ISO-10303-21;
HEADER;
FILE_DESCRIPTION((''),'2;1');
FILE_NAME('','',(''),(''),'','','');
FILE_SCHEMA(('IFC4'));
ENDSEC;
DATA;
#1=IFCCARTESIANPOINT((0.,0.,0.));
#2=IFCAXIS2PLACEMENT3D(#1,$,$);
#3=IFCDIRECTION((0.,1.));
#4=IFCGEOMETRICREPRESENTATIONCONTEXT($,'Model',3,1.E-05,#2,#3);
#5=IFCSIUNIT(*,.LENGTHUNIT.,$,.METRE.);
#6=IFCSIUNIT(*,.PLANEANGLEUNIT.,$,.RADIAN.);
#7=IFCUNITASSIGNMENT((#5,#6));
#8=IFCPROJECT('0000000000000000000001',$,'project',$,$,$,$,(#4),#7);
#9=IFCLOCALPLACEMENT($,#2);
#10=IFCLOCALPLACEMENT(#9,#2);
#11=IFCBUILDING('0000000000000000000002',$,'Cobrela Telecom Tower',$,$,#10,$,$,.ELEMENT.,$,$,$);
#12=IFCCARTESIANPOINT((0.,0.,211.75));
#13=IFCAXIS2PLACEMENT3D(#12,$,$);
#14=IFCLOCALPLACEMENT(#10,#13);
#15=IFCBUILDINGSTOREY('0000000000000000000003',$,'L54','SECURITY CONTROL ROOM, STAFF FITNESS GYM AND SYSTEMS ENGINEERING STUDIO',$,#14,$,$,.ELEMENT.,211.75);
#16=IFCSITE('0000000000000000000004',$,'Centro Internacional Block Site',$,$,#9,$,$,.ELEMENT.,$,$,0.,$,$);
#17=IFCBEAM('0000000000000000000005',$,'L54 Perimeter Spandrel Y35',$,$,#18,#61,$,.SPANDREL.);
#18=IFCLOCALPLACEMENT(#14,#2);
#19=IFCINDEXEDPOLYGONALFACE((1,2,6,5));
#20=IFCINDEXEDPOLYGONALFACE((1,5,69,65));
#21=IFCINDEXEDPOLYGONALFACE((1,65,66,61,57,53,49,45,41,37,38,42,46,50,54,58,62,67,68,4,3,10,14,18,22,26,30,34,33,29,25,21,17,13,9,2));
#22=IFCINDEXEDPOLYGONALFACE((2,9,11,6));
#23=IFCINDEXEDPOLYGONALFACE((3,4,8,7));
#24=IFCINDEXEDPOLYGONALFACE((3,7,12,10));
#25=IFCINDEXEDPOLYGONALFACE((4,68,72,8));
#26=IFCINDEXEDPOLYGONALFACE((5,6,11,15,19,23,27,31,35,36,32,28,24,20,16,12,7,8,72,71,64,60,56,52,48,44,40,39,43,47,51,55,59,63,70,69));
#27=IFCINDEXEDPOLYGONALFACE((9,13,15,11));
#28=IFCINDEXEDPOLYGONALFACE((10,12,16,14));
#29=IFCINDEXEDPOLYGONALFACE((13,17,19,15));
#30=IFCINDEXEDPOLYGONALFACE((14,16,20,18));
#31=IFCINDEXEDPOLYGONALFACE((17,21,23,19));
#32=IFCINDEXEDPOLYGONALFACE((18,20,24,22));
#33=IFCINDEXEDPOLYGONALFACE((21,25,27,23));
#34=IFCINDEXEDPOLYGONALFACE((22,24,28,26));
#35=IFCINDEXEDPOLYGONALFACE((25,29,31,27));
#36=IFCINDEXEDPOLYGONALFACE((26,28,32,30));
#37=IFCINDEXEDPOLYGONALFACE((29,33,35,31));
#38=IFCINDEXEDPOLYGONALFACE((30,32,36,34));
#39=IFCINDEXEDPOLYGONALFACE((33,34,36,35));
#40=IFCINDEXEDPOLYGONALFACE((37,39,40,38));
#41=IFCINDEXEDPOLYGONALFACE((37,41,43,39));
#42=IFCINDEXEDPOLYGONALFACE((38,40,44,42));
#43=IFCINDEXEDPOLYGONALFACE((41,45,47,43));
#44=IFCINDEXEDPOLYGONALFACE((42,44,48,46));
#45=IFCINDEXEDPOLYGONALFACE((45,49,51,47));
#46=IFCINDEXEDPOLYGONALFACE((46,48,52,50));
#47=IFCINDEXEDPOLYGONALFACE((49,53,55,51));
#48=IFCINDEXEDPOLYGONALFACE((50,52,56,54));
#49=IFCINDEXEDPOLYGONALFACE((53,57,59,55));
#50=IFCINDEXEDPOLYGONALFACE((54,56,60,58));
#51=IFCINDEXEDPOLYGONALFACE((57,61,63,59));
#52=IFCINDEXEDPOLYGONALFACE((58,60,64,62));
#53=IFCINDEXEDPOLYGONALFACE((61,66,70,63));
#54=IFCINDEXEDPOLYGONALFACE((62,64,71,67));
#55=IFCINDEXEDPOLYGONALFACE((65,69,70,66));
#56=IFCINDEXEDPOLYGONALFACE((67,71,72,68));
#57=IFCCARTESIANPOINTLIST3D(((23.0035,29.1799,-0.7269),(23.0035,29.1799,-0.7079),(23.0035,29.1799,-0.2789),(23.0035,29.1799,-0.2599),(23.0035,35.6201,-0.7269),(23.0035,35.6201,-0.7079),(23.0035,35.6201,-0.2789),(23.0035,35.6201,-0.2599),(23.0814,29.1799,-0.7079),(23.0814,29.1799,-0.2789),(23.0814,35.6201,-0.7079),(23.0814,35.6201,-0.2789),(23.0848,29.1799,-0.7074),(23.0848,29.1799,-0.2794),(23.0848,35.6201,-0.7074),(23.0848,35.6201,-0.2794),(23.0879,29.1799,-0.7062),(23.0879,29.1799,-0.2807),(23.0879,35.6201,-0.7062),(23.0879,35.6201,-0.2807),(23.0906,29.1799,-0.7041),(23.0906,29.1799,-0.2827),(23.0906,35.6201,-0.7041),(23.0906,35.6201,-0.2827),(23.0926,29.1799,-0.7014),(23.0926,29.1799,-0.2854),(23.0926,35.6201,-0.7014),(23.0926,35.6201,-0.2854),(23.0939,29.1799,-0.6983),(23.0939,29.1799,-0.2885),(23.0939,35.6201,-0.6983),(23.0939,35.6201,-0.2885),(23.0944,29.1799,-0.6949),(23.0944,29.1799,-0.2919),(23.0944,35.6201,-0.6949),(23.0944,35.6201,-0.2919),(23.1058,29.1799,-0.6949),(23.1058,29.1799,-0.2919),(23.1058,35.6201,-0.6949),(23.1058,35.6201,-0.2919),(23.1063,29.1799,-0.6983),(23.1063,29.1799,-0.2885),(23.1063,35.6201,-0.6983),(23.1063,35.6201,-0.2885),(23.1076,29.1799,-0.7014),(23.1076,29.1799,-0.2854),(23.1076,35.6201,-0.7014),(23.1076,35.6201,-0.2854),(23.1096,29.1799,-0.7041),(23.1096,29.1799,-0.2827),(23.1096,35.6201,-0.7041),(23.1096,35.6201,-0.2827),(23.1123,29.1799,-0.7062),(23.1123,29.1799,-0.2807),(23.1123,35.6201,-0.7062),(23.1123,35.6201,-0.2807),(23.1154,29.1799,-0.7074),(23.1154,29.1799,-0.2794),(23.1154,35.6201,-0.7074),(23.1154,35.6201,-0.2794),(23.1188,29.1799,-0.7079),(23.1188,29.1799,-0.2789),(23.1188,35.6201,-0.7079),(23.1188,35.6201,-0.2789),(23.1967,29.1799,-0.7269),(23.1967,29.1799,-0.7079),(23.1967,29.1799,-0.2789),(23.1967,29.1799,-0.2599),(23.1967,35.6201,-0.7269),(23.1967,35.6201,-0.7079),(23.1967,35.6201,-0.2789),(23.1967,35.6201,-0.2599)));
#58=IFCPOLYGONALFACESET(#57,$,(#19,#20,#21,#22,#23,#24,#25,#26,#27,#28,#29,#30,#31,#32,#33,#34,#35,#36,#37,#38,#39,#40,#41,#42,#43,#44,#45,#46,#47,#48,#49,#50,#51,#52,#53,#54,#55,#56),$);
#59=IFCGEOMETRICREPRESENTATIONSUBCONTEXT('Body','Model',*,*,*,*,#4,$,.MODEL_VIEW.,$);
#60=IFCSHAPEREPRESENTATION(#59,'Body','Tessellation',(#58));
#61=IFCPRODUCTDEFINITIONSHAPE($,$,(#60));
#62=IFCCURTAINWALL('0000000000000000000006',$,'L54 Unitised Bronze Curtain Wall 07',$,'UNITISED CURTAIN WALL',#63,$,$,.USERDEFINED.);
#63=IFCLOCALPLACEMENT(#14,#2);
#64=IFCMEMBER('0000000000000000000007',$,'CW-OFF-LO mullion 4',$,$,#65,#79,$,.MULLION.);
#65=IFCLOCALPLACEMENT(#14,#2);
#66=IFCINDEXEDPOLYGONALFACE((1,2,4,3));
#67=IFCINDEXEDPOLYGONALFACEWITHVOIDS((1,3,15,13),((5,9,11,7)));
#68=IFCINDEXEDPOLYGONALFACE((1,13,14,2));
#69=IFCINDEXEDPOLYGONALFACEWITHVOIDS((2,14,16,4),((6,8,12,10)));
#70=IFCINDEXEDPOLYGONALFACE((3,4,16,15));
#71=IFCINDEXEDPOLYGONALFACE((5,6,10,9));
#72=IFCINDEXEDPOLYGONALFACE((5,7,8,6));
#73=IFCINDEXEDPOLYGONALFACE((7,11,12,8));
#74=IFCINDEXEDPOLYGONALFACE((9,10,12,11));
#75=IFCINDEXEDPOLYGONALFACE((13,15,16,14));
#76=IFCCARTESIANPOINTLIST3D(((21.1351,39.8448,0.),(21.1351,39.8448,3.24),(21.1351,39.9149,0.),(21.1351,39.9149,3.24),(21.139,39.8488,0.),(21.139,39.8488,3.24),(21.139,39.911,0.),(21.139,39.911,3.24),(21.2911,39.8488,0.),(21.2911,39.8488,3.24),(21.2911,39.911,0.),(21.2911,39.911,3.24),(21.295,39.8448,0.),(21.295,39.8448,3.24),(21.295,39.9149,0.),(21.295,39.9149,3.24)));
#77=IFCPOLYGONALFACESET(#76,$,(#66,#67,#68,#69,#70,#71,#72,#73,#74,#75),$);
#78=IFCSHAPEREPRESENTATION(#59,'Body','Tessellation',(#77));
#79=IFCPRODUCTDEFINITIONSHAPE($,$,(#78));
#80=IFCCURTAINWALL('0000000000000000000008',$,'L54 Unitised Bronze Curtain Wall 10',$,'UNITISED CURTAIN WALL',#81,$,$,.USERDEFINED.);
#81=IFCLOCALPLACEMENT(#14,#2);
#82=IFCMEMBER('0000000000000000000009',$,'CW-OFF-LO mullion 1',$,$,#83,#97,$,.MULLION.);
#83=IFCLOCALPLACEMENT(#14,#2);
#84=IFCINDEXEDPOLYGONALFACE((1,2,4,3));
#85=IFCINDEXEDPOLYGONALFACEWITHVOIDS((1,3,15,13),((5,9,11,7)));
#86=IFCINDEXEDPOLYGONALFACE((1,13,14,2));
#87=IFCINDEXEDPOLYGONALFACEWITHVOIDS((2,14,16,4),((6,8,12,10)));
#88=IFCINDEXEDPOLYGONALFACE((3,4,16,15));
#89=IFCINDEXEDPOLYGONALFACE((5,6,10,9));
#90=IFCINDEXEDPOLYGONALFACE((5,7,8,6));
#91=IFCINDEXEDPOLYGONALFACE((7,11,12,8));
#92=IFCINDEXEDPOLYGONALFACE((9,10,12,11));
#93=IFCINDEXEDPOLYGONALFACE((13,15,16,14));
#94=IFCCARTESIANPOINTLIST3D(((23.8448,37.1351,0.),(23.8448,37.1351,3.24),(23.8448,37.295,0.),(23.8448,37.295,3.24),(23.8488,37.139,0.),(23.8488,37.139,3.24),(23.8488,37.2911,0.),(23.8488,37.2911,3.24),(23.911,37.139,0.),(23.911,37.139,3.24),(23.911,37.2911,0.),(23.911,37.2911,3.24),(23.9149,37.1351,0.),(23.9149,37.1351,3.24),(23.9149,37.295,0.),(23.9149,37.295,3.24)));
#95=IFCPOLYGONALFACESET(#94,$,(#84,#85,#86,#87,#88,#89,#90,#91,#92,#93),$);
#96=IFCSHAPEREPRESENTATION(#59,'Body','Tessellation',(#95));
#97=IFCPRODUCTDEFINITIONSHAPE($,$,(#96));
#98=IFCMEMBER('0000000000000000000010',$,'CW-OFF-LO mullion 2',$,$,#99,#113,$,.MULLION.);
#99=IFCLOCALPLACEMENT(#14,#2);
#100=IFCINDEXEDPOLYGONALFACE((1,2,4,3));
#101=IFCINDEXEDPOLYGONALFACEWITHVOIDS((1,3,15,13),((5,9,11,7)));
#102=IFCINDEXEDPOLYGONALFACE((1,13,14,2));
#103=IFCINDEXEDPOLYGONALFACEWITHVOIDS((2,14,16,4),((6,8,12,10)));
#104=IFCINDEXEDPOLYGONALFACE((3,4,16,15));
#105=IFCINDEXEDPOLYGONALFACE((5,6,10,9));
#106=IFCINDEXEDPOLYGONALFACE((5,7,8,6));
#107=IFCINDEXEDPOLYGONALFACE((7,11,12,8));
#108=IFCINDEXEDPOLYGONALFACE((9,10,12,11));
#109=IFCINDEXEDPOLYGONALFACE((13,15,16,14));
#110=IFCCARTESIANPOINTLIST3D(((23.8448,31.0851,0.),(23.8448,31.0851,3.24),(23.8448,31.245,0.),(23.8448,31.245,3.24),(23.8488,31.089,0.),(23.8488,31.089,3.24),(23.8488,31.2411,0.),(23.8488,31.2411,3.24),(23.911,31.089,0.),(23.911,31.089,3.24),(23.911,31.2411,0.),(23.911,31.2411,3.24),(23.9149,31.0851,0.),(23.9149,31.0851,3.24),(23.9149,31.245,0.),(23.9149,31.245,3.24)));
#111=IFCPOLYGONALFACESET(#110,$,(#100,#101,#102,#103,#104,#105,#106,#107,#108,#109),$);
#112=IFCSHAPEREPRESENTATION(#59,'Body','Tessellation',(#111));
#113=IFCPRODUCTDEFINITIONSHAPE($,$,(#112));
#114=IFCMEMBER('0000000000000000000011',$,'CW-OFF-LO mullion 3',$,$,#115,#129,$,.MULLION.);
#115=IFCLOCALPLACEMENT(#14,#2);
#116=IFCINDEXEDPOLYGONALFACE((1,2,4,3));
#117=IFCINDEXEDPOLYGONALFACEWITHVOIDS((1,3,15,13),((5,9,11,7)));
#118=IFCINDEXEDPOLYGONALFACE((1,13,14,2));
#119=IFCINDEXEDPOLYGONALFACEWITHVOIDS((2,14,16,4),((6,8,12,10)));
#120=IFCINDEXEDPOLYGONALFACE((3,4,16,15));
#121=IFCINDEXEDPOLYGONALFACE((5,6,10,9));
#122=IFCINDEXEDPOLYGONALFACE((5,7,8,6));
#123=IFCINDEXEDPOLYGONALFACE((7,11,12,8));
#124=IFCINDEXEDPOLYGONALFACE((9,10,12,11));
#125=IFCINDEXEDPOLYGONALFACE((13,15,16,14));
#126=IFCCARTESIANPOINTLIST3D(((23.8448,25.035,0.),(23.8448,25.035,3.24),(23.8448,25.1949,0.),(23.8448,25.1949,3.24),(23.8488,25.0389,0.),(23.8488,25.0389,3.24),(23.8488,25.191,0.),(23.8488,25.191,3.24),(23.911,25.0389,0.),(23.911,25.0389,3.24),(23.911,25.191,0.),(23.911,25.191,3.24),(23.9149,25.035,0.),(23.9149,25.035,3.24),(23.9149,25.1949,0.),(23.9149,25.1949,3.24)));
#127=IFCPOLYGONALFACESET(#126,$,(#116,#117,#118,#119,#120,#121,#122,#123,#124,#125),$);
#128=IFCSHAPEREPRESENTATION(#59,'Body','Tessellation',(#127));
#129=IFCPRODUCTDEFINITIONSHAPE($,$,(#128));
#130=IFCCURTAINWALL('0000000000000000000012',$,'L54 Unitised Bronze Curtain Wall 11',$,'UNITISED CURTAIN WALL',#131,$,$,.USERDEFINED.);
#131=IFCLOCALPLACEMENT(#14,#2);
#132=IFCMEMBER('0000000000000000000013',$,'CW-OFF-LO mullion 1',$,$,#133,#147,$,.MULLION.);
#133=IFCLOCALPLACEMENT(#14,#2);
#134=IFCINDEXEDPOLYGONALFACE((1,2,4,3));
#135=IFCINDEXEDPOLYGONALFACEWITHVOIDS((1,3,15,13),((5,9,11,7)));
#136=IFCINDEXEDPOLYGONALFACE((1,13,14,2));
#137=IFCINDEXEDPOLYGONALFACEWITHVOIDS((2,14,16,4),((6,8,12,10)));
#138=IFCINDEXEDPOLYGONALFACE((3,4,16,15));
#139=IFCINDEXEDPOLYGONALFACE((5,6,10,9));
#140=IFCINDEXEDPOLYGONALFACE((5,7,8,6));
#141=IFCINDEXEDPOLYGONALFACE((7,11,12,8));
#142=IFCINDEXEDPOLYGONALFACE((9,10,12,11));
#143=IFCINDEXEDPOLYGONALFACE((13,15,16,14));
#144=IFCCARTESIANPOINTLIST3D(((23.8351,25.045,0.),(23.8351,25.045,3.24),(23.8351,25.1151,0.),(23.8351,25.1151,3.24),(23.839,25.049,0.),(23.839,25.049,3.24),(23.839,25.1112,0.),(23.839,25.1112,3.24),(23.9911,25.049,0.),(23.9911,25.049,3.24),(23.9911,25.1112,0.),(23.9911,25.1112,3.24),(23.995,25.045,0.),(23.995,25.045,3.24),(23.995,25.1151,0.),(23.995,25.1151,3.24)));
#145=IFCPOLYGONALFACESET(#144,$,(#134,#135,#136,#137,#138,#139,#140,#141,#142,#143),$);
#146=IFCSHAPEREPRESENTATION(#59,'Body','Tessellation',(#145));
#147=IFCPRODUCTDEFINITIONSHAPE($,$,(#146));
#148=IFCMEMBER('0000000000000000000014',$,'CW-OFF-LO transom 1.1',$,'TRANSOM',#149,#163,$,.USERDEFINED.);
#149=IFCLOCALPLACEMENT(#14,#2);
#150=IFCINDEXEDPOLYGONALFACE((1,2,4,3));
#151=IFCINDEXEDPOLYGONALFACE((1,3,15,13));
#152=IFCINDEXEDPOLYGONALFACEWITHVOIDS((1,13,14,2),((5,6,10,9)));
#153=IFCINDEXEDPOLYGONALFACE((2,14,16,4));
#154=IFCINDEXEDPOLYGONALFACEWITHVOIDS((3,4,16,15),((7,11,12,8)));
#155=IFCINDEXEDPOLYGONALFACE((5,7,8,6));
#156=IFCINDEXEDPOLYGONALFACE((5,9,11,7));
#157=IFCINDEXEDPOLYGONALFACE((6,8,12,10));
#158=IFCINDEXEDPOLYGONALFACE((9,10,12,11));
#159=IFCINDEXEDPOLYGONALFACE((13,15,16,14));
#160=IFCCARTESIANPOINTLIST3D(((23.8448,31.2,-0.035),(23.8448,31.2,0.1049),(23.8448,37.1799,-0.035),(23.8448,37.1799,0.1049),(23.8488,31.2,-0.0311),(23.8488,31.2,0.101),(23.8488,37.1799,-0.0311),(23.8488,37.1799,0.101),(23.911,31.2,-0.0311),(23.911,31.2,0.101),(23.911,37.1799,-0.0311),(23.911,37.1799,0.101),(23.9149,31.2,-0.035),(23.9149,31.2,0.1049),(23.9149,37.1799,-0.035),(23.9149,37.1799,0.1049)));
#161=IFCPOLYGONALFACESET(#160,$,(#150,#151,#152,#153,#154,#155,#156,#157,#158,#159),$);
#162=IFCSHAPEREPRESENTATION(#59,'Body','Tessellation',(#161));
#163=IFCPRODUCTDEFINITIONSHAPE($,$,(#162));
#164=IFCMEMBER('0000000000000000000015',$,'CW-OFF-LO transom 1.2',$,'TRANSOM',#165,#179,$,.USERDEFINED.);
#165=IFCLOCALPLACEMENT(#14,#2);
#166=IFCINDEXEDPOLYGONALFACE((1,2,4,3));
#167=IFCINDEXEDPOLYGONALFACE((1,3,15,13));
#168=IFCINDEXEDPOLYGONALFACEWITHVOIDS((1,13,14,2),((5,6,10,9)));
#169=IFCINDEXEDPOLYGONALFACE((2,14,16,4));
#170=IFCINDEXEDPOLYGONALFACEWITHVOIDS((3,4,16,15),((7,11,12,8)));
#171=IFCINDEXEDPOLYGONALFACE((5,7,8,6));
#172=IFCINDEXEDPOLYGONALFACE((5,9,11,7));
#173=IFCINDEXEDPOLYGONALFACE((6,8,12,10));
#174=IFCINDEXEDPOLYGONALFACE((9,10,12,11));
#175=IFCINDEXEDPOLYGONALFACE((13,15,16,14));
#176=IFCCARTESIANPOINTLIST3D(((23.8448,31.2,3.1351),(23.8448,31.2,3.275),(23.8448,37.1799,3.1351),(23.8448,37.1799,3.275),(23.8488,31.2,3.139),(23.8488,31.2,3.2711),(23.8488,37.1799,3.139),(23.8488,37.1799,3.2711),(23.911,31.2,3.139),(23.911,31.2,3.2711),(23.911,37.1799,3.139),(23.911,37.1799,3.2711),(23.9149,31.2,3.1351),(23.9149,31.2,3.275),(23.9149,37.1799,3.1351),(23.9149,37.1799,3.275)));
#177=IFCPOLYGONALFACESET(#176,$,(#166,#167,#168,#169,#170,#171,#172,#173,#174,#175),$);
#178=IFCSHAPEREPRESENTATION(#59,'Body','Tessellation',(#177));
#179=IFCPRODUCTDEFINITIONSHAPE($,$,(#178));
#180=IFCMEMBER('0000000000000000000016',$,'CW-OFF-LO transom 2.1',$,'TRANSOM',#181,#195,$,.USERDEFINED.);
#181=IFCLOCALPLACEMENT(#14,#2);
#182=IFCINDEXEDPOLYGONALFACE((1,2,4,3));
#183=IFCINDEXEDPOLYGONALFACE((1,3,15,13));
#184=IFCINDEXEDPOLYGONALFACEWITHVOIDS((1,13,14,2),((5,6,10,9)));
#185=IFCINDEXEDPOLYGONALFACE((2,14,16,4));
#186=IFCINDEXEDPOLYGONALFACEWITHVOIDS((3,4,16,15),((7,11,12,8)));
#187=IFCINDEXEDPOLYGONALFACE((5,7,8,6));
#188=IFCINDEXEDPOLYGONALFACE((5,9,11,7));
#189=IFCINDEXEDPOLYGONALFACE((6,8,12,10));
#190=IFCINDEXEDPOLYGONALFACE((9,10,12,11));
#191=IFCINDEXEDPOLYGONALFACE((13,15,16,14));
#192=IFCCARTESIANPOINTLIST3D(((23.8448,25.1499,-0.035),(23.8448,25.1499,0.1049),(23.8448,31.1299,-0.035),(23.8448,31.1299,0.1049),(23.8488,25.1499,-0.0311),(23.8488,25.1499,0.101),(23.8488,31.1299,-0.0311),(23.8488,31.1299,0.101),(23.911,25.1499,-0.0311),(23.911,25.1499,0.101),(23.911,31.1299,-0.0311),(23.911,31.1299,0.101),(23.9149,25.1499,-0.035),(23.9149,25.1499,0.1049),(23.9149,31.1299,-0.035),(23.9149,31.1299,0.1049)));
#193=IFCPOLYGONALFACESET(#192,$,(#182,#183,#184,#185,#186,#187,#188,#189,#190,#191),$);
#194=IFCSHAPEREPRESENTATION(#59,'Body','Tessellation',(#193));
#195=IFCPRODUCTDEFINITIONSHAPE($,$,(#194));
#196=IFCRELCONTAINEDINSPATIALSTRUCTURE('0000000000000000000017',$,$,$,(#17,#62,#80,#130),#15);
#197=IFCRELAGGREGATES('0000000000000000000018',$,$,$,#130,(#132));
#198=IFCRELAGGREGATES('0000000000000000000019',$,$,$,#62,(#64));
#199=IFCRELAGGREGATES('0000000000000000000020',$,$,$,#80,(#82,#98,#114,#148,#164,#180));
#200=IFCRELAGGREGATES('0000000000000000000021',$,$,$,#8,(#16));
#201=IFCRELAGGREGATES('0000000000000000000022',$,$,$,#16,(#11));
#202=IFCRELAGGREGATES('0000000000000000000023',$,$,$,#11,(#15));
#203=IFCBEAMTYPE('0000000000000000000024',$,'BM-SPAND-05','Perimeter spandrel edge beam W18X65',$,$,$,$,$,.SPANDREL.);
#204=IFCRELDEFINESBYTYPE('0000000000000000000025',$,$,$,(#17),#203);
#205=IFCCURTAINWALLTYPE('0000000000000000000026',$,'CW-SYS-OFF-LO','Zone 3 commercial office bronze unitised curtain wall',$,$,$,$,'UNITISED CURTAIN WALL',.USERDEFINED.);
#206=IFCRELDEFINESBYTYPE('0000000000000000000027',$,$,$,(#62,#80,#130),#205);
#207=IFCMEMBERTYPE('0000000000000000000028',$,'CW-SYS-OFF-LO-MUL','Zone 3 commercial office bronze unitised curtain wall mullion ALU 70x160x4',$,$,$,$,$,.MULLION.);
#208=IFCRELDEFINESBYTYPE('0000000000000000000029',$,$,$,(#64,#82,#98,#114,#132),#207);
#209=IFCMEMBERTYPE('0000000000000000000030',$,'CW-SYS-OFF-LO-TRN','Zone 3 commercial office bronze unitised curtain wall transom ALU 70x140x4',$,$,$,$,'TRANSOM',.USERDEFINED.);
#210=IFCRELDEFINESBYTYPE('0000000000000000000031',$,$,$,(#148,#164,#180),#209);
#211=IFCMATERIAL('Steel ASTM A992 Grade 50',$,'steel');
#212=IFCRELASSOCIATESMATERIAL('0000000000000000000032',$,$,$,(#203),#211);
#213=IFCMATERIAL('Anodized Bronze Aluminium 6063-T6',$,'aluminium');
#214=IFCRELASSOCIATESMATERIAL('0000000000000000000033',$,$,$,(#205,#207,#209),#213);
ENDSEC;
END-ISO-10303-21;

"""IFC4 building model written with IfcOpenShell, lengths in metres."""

from ifc_helpers import new_model, si_unit, direction, frame, origin, origin_2d, place, context, subcontext, project, spatial, hollow_rectangle, i_section, extrude, material, material_profile, profile_set, type_object, element, aggregate, save


model = new_model("IFC4")

# Units and contexts
model_context = context("Model", 3, precision=1e-05, world=origin(), true_north=direction((0.0, 1.0)))
body_context = subcontext(model_context, "Body", "Model", "MODEL_VIEW")
ifc_project = project(units=[si_unit("LENGTHUNIT", "METRE"), si_unit("PLANEANGLEUNIT", "RADIAN")], contexts=[model_context])

# Site, building, storey
site_placement = place(None, origin())
site = spatial("IfcSite", under=ifc_project, at=site_placement, Name="Centro Internacional Block Site", CompositionType="ELEMENT", RefElevation=0.0)
building_placement = place(site_placement, origin())
building = spatial("IfcBuilding", under=site, at=building_placement, Name="Cobrela Telecom Tower", CompositionType="ELEMENT")
storey_placement = place(building_placement, frame((0.0, 0.0, 211.75)))
storey = spatial("IfcBuildingStorey", under=building, at=storey_placement, Name="L54", Description="SECURITY CONTROL ROOM, STAFF FITNESS GYM AND SYSTEMS ENGINEERING STUDIO", CompositionType="ELEMENT", Elevation=211.75)

# Shared definitions
ifc_material_1 = material(Name="Steel ASTM A992 Grade 50", Category="steel")

# Beam
ifc_material_profile_1 = material_profile(ifc_material_1, i_section(OverallWidth=0.1931, OverallDepth=0.467, WebThickness=0.0115, FlangeThickness=0.019, FilletRadius=0.0129, at=origin_2d()), Name="W18X65")
ifc_profile_set_1 = profile_set([ifc_material_profile_1], Name="Steel ASTM A992 Grade 50")
beam_type_1 = type_object("IfcBeamType", Name="BM-SPAND-05", Description="Perimeter spandrel edge beam W18X65", PredefinedType="SPANDREL", material=ifc_profile_set_1)
beam_1_placement = place(storey_placement, frame((23.1001, 29.1799, -0.4934), z_axis=(0.0, 1.0, 0.0), x_axis=(-1.0, 0.0, 0.0)))
element("IfcBeam", 1, at=beam_1_placement, inside=storey, type_object=beam_type_1, Name="L54 Perimeter Spandrel Y35", PredefinedType="SPANDREL", context=body_context, shape_type="SweptSolid", body=[
    extrude(i_section(OverallWidth=0.1931, OverallDepth=0.467, WebThickness=0.0115, FlangeThickness=0.019, FilletRadius=0.0129, at=origin_2d()), origin(), (0.0, 0.0, 1.0), 6.4402),
])

# Curtain wall, member
ifc_material_2 = material(Name="Anodized Bronze Aluminium 6063-T6", Category="aluminium")
curtain_wall_type = type_object("IfcCurtainWallType", Name="CW-SYS-OFF-LO", Description="Zone 3 commercial office bronze unitised curtain wall", ElementType="UNITISED CURTAIN WALL", PredefinedType="USERDEFINED", material=ifc_material_2)
curtain_wall_1_placement = place(storey_placement, origin())
curtain_wall_1 = element("IfcCurtainWall", 2, at=curtain_wall_1_placement, inside=storey, type_object=curtain_wall_type, Name="L54 Unitised Bronze Curtain Wall 07", ObjectType="UNITISED CURTAIN WALL", PredefinedType="USERDEFINED")
ifc_material_profile_2 = material_profile(ifc_material_2, hollow_rectangle(XDim=0.0701, YDim=0.1599, WallThickness=0.0039, at=origin_2d()), Name="ALU 70x160x4")
ifc_profile_set_2 = profile_set([ifc_material_profile_2], Name="Anodized Bronze Aluminium 6063-T6")
member_type_1 = type_object("IfcMemberType", Name="CW-SYS-OFF-LO-MUL", Description="Zone 3 commercial office bronze unitised curtain wall mullion ALU 70x160x4", PredefinedType="MULLION", material=ifc_profile_set_2)
member_1_placement = place(storey_placement, frame((21.2151, 39.8799, 0.0), z_axis=(0.0, 0.0, 1.0), x_axis=(0.0, 1.0, 0.0)))
member_1 = element("IfcMember", 3, at=member_1_placement, type_object=member_type_1, Name="CW-OFF-LO mullion 4", PredefinedType="MULLION", context=body_context, shape_type="SweptSolid", body=[
    extrude(hollow_rectangle(XDim=0.0701, YDim=0.1599, WallThickness=0.0039, at=origin_2d()), origin(), (0.0, 0.0, 1.0), 3.24),
])

# Curtain wall, members
curtain_wall_2_placement = place(storey_placement, origin())
curtain_wall_2 = element("IfcCurtainWall", 4, at=curtain_wall_2_placement, inside=storey, type_object=curtain_wall_type, Name="L54 Unitised Bronze Curtain Wall 10", ObjectType="UNITISED CURTAIN WALL", PredefinedType="USERDEFINED")
member_2_placement = place(storey_placement, frame((23.8799, 37.2151, 0.0), z_axis=(0.0, 0.0, 1.0), x_axis=(1.0, 0.0, 0.0)))
member_2 = element("IfcMember", 5, at=member_2_placement, type_object=member_type_1, Name="CW-OFF-LO mullion 1", PredefinedType="MULLION", context=body_context, shape_type="SweptSolid", body=[
    extrude(hollow_rectangle(XDim=0.0701, YDim=0.1599, WallThickness=0.0039, at=origin_2d()), origin(), (0.0, 0.0, 1.0), 3.24),
])
member_3_placement = place(storey_placement, frame((23.8799, 31.165, 0.0), z_axis=(0.0, 0.0, 1.0), x_axis=(1.0, 0.0, 0.0)))
member_3 = element("IfcMember", 6, at=member_3_placement, type_object=member_type_1, Name="CW-OFF-LO mullion 2", PredefinedType="MULLION", context=body_context, shape_type="SweptSolid", body=[
    extrude(hollow_rectangle(XDim=0.0701, YDim=0.1599, WallThickness=0.0039, at=origin_2d()), origin(), (0.0, 0.0, 1.0), 3.24),
])
member_4_placement = place(storey_placement, frame((23.8799, 25.115, 0.0), z_axis=(0.0, 0.0, 1.0), x_axis=(1.0, 0.0, 0.0)))
member_4 = element("IfcMember", 7, at=member_4_placement, type_object=member_type_1, Name="CW-OFF-LO mullion 3", PredefinedType="MULLION", context=body_context, shape_type="SweptSolid", body=[
    extrude(hollow_rectangle(XDim=0.0701, YDim=0.1599, WallThickness=0.0039, at=origin_2d()), origin(), (0.0, 0.0, 1.0), 3.24),
])

# Curtain wall, member
curtain_wall_3_placement = place(storey_placement, origin())
curtain_wall_3 = element("IfcCurtainWall", 8, at=curtain_wall_3_placement, inside=storey, type_object=curtain_wall_type, Name="L54 Unitised Bronze Curtain Wall 11", ObjectType="UNITISED CURTAIN WALL", PredefinedType="USERDEFINED")
member_5_placement = place(storey_placement, frame((23.915, 25.0801, 0.0), z_axis=(0.0, 0.0, 1.0), x_axis=(0.0, 1.0, 0.0)))
member_5 = element("IfcMember", 9, at=member_5_placement, type_object=member_type_1, Name="CW-OFF-LO mullion 1", PredefinedType="MULLION", context=body_context, shape_type="SweptSolid", body=[
    extrude(hollow_rectangle(XDim=0.0701, YDim=0.1599, WallThickness=0.0039, at=origin_2d()), origin(), (0.0, 0.0, 1.0), 3.24),
])

# Members
ifc_material_profile_3 = material_profile(ifc_material_2, hollow_rectangle(XDim=0.0701, YDim=0.1399, WallThickness=0.0039, at=origin_2d()), Name="ALU 70x140x4")
ifc_profile_set_3 = profile_set([ifc_material_profile_3], Name="Anodized Bronze Aluminium 6063-T6")
member_type_2 = type_object("IfcMemberType", Name="CW-SYS-OFF-LO-TRN", Description="Zone 3 commercial office bronze unitised curtain wall transom ALU 70x140x4", ElementType="TRANSOM", PredefinedType="USERDEFINED", material=ifc_profile_set_3)
member_6_placement = place(storey_placement, frame((23.8799, 37.1799, 0.0349), z_axis=(0.0, -1.0, 0.0), x_axis=(1.0, 0.0, 0.0)))
member_6 = element("IfcMember", 10, at=member_6_placement, type_object=member_type_2, Name="CW-OFF-LO transom 1.1", ObjectType="TRANSOM", PredefinedType="USERDEFINED", context=body_context, shape_type="SweptSolid", body=[
    extrude(hollow_rectangle(XDim=0.0701, YDim=0.1399, WallThickness=0.0039, at=origin_2d()), origin(), (0.0, 0.0, 1.0), 5.98),
])
member_7_placement = place(storey_placement, frame((23.8799, 37.1799, 3.2051), z_axis=(0.0, -1.0, 0.0), x_axis=(1.0, 0.0, 0.0)))
member_7 = element("IfcMember", 11, at=member_7_placement, type_object=member_type_2, Name="CW-OFF-LO transom 1.2", ObjectType="TRANSOM", PredefinedType="USERDEFINED", context=body_context, shape_type="SweptSolid", body=[
    extrude(hollow_rectangle(XDim=0.0701, YDim=0.1399, WallThickness=0.0039, at=origin_2d()), origin(), (0.0, 0.0, 1.0), 5.98),
])
member_8_placement = place(storey_placement, frame((23.8799, 31.1299, 0.0349), z_axis=(0.0, -1.0, 0.0), x_axis=(1.0, 0.0, 0.0)))
member_8 = element("IfcMember", 12, at=member_8_placement, type_object=member_type_2, Name="CW-OFF-LO transom 2.1", ObjectType="TRANSOM", PredefinedType="USERDEFINED", context=body_context, shape_type="SweptSolid", body=[
    extrude(hollow_rectangle(XDim=0.0701, YDim=0.1399, WallThickness=0.0039, at=origin_2d()), origin(), (0.0, 0.0, 1.0), 5.98),
])
aggregate(curtain_wall_3, [member_5])

aggregate(curtain_wall_1, [member_1])
aggregate(curtain_wall_2, [member_2, member_3, member_4, member_6, member_7, member_8])

save(model, "model.ifc")
